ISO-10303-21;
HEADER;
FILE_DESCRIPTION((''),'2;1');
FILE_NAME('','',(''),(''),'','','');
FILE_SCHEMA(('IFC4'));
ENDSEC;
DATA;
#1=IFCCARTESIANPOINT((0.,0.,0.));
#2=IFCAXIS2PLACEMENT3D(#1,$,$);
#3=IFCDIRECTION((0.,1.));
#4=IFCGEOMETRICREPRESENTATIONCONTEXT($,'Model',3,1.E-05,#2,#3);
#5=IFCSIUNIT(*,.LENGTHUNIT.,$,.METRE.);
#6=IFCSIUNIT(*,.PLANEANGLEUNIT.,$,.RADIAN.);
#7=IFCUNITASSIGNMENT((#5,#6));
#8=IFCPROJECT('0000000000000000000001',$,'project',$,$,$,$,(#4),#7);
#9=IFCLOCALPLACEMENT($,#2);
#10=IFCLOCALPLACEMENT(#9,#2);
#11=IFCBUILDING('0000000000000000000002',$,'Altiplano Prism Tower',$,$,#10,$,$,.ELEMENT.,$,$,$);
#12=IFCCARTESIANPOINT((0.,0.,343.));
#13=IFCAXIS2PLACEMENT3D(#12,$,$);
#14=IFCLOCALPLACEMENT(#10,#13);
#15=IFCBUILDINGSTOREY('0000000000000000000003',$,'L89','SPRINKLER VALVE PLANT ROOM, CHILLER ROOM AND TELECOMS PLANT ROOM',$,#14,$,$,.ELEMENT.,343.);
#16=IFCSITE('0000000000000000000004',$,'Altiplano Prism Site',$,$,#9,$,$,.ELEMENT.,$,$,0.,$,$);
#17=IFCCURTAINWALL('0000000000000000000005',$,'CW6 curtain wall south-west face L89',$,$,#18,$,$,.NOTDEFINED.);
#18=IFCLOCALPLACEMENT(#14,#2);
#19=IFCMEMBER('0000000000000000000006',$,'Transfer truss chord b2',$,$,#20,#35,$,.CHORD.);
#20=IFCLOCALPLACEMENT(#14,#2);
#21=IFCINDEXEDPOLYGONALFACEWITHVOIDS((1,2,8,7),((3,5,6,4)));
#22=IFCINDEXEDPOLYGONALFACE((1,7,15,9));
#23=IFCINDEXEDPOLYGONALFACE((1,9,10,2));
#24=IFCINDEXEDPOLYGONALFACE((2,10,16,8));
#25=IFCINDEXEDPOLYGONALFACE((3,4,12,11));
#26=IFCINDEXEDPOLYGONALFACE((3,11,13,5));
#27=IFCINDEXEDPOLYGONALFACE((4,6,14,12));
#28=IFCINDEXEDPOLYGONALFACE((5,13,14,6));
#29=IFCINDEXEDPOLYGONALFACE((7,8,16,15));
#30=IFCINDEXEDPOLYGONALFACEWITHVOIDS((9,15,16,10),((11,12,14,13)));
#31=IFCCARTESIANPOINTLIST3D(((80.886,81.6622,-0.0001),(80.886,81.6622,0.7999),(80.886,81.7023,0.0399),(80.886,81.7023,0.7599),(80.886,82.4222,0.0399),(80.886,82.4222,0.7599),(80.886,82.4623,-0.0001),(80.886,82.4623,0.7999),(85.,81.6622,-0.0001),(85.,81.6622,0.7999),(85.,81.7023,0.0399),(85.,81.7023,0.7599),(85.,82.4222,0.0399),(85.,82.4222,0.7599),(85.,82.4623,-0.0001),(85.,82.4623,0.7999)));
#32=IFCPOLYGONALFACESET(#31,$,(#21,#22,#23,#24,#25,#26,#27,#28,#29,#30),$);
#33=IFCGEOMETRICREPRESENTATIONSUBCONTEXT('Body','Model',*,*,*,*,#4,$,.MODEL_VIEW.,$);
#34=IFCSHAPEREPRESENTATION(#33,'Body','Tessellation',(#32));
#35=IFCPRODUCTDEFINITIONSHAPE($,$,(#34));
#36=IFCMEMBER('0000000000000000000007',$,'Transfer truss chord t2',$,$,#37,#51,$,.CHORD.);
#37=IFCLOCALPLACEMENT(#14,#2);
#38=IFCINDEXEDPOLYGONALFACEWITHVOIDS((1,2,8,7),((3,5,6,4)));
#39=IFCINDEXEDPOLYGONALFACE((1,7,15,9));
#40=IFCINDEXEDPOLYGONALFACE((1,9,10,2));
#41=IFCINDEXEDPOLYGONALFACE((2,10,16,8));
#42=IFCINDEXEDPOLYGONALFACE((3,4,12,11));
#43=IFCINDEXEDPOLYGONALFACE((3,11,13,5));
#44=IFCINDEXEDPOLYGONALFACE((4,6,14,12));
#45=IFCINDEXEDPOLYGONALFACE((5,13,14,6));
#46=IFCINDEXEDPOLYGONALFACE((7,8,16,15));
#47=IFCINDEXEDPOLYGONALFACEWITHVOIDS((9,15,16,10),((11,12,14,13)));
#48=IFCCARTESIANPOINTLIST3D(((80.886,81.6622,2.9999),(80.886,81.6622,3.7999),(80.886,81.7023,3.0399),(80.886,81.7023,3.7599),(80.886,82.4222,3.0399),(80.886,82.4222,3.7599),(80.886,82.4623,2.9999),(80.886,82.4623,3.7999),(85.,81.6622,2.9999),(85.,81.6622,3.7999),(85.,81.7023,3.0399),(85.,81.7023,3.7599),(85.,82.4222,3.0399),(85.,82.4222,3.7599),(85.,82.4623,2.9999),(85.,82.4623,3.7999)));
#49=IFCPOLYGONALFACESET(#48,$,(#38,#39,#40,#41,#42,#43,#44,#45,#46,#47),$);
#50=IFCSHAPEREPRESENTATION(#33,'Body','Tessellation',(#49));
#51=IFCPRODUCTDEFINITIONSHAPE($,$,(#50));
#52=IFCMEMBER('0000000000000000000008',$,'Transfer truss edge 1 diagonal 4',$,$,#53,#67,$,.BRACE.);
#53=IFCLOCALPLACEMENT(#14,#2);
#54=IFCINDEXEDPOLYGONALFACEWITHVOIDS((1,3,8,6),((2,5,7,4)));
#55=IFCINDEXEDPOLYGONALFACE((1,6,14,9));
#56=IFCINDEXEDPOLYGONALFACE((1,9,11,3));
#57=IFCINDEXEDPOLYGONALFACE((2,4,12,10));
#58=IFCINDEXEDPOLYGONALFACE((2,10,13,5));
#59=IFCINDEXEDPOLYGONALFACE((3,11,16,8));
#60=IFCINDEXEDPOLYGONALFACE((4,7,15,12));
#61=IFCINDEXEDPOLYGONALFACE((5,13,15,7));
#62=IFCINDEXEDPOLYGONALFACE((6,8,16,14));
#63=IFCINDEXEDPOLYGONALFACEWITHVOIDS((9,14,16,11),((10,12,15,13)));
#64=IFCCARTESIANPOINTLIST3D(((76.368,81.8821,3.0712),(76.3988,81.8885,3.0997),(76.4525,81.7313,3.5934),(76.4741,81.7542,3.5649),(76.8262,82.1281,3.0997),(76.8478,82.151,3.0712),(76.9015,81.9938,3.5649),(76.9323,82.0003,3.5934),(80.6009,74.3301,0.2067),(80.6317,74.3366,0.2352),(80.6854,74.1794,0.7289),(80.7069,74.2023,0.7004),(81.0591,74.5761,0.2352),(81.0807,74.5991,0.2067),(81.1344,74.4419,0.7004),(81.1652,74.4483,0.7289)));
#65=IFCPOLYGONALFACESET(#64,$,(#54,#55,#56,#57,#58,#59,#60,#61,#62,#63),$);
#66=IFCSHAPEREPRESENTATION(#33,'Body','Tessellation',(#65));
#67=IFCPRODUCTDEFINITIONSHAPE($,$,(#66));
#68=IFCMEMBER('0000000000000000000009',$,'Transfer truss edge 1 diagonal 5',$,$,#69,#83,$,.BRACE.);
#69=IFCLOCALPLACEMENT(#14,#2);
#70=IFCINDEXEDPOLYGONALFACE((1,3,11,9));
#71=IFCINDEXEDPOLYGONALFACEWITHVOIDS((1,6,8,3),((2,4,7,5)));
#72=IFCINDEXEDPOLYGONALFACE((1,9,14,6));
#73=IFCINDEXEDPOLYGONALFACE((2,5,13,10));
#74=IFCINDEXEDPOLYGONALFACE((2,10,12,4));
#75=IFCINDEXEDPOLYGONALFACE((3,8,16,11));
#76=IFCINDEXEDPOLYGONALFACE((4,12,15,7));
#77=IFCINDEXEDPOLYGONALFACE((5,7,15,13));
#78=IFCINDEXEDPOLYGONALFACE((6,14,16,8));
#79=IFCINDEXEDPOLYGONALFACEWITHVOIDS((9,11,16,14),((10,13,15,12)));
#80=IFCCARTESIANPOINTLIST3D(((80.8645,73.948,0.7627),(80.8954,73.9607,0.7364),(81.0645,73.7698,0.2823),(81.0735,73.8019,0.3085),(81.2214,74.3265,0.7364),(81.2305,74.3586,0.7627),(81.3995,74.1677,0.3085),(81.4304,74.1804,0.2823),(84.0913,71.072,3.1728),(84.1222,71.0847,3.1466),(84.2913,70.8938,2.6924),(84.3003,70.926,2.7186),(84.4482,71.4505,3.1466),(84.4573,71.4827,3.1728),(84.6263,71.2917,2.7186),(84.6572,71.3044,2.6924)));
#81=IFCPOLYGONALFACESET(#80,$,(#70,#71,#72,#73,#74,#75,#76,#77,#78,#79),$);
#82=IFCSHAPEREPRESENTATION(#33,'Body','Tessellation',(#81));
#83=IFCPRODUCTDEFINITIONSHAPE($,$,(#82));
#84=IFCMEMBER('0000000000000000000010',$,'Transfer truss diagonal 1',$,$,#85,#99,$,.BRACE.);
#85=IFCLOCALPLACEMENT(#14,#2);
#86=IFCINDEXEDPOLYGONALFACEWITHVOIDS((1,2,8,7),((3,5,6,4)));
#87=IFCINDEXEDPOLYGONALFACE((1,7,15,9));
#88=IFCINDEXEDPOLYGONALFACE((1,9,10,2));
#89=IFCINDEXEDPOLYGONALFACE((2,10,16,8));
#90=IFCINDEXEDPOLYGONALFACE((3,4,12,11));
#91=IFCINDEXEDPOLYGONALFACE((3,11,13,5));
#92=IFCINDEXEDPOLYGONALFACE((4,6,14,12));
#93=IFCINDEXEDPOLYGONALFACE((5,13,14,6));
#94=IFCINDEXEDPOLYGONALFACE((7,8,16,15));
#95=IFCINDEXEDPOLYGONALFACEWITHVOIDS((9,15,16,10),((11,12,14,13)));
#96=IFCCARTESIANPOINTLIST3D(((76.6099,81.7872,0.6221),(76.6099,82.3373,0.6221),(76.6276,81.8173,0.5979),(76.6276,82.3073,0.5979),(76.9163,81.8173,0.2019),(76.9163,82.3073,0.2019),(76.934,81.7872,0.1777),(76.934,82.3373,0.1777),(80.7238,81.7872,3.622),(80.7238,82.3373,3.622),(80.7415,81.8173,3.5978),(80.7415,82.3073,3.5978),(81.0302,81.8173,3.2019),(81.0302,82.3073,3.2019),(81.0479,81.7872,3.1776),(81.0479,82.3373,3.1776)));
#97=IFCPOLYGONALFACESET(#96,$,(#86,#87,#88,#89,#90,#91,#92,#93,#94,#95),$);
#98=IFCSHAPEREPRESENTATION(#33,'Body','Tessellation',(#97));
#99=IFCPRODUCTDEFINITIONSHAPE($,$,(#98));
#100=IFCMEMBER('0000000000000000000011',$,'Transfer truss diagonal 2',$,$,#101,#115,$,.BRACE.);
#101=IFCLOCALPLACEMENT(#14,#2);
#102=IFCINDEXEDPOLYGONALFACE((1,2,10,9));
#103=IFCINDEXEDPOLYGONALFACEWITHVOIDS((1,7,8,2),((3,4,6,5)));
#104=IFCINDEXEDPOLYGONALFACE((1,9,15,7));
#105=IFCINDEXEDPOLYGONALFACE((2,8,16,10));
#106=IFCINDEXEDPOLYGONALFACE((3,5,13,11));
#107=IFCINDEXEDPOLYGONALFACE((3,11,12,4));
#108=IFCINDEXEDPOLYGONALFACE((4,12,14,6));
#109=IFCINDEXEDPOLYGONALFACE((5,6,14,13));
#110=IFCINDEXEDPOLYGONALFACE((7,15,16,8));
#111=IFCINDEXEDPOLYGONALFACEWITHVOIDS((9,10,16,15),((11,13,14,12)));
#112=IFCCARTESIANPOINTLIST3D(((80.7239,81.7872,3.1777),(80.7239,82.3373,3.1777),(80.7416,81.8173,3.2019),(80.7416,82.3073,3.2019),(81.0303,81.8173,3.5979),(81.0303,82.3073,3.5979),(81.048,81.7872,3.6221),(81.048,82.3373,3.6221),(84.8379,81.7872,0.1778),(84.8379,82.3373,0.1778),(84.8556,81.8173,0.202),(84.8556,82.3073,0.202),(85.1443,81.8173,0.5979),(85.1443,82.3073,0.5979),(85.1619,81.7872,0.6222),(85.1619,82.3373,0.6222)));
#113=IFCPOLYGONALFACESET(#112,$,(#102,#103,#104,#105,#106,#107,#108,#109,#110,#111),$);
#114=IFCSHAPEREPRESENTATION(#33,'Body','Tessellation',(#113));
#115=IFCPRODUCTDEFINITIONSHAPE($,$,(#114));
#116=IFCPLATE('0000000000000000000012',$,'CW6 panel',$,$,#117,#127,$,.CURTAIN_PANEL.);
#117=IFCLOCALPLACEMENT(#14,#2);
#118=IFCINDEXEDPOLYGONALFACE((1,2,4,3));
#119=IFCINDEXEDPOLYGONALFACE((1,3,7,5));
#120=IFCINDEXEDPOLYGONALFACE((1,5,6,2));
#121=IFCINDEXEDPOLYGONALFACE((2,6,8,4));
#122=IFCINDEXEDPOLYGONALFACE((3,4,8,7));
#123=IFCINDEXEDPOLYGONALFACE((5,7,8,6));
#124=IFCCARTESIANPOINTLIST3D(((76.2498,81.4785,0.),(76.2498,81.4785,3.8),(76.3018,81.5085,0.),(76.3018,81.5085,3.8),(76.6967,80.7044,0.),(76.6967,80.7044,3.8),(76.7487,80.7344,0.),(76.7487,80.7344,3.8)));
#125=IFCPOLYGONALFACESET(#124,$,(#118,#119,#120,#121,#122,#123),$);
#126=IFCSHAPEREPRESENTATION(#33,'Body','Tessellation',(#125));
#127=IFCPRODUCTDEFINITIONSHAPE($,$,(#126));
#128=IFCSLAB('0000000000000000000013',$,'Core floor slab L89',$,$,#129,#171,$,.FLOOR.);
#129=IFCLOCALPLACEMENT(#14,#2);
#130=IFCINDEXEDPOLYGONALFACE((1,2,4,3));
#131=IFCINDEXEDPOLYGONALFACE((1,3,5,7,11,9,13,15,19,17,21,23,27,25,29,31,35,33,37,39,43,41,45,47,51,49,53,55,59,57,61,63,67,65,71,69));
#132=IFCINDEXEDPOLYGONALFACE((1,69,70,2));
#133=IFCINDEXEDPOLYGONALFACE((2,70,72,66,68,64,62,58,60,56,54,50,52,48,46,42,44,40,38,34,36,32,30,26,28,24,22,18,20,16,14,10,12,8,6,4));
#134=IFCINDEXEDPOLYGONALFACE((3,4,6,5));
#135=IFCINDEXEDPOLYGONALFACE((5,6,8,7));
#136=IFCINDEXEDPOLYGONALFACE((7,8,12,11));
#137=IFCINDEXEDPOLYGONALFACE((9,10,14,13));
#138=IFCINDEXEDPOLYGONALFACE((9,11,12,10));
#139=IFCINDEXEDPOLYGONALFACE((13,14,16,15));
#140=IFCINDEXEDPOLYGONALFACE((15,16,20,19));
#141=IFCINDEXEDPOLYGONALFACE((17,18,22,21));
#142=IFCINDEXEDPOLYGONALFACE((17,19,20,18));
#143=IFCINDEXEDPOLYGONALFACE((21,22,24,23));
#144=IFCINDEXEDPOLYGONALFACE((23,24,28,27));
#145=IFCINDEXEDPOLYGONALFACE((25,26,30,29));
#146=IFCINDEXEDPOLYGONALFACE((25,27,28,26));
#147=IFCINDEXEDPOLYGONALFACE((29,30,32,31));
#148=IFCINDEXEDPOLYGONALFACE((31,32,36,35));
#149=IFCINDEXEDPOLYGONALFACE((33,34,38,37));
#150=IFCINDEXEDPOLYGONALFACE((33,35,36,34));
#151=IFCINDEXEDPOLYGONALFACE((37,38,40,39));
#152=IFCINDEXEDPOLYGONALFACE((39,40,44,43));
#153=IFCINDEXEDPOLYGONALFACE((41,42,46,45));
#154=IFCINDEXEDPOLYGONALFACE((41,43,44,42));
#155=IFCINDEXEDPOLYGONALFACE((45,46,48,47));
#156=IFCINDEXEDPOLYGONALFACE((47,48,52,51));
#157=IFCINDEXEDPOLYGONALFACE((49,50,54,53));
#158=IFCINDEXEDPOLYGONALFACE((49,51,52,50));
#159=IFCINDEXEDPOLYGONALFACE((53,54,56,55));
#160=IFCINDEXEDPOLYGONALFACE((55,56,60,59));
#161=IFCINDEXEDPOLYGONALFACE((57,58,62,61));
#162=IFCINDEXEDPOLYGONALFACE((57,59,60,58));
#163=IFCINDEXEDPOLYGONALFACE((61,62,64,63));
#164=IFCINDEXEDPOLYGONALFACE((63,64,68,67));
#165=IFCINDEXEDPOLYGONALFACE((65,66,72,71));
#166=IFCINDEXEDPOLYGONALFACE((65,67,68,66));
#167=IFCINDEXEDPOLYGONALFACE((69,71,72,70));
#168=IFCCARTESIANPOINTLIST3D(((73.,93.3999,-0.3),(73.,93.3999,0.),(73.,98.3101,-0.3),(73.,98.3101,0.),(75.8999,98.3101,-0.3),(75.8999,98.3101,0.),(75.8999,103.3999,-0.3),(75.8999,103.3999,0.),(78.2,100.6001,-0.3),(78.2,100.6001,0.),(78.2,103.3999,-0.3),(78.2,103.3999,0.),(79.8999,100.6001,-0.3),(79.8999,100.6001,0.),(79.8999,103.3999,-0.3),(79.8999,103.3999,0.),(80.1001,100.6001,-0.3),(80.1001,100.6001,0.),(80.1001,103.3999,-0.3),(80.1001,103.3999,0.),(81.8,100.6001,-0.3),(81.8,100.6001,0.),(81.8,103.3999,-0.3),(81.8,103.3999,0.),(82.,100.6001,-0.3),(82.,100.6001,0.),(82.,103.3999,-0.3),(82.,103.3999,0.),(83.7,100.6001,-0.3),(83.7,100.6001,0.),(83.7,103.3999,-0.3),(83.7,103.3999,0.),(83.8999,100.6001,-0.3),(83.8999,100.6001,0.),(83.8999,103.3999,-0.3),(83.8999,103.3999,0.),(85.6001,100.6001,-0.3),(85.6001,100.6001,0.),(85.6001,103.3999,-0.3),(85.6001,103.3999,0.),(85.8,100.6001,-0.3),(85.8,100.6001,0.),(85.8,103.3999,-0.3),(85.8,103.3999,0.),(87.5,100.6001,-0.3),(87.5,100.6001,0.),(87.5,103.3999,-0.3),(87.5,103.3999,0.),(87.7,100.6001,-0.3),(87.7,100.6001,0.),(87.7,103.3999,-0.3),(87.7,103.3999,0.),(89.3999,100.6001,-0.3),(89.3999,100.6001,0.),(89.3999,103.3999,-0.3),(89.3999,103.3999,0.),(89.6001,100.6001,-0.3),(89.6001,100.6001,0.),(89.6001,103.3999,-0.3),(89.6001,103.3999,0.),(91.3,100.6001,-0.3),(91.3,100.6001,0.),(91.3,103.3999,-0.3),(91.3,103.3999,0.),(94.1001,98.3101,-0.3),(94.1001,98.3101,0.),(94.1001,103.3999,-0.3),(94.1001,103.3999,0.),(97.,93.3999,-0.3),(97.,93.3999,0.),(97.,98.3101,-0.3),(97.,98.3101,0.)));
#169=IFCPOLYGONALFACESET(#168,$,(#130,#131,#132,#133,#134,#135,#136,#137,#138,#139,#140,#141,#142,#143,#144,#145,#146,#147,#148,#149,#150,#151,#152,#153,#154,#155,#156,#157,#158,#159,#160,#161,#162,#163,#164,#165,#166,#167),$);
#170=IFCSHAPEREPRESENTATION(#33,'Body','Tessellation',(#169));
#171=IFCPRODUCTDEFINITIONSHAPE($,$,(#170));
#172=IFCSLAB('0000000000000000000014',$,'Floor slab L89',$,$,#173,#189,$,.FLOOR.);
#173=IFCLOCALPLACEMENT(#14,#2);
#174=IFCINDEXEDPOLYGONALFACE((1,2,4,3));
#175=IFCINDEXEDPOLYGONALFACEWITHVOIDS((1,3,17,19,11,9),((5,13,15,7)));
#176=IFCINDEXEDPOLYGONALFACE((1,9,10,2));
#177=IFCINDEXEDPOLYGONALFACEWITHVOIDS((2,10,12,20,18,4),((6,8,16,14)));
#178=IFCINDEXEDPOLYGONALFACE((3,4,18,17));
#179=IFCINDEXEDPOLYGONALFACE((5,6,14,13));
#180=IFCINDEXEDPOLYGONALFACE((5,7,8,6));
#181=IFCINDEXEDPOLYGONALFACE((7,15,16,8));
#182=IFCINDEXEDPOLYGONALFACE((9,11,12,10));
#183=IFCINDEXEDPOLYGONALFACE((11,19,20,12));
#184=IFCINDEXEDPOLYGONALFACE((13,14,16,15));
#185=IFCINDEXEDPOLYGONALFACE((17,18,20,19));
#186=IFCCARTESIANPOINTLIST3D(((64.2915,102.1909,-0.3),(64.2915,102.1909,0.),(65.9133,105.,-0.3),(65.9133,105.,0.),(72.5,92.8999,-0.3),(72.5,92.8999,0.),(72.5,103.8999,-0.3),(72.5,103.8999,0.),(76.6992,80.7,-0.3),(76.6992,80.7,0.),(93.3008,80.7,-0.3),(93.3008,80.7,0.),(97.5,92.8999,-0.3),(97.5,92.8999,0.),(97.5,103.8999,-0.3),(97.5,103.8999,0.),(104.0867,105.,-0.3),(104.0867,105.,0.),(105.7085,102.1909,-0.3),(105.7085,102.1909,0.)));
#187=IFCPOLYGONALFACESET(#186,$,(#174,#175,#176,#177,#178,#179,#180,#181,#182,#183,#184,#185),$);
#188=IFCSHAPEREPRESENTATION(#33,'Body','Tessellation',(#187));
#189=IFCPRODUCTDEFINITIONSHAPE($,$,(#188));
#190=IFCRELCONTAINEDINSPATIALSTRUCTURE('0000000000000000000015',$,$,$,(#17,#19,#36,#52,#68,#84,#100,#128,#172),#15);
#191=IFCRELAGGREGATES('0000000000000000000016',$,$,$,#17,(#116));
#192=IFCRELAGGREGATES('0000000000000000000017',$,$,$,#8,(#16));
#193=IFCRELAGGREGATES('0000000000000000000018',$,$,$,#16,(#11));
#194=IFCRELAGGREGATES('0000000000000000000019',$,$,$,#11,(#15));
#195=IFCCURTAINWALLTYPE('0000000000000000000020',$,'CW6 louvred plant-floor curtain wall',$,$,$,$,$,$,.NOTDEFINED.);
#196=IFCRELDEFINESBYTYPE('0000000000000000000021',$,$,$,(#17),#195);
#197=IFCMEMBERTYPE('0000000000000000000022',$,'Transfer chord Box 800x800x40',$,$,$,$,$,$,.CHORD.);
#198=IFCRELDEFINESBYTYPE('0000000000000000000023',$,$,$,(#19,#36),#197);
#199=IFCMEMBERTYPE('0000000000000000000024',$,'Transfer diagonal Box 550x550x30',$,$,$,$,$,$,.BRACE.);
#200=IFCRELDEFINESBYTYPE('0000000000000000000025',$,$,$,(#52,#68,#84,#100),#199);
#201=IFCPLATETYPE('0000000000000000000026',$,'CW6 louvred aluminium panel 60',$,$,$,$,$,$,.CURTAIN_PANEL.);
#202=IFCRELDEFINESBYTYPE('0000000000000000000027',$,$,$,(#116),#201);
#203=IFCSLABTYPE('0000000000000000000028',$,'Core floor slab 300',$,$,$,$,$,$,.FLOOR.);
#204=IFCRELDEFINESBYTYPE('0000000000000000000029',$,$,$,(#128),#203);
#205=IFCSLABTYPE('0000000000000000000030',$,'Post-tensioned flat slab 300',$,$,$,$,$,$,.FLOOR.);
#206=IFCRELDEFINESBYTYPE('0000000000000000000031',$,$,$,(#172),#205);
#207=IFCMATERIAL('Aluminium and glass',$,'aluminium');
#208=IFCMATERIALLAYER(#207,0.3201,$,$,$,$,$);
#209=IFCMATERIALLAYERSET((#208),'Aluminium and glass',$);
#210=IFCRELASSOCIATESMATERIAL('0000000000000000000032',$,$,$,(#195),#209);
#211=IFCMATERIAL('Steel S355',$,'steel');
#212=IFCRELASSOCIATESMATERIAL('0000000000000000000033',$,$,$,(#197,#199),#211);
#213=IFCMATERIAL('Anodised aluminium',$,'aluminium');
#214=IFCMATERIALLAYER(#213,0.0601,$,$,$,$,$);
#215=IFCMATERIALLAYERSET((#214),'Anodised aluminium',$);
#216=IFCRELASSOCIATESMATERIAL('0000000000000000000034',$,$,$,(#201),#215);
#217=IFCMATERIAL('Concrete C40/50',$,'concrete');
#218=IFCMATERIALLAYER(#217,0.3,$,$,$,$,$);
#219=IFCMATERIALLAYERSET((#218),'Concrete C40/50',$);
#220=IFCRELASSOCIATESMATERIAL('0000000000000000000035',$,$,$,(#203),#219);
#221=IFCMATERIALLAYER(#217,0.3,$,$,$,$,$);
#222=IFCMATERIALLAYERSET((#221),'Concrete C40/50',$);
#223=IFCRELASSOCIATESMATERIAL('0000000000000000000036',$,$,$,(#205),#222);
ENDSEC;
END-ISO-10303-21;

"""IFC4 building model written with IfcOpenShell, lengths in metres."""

from ifc_helpers import new_model, si_unit, direction, frame, origin, origin_2d, place, context, subcontext, project, spatial, polyline, rectangle, hollow_rectangle, outline, extrude, material, layer, layer_set, material_profile, profile_set, type_object, element, aggregate, save


model = new_model("IFC4")

# Units and contexts
model_context = context("Model", 3, precision=1e-05, world=origin(), true_north=direction((0.0, 1.0)))
body_context = subcontext(model_context, "Body", "Model", "MODEL_VIEW")
ifc_project = project(units=[si_unit("LENGTHUNIT", "METRE"), si_unit("PLANEANGLEUNIT", "RADIAN")], contexts=[model_context])

# Site, building, storey
site_placement = place(None, origin())
site = spatial("IfcSite", under=ifc_project, at=site_placement, Name="Altiplano Prism Site", CompositionType="ELEMENT", RefElevation=0.0)
building_placement = place(site_placement, origin())
building = spatial("IfcBuilding", under=site, at=building_placement, Name="Altiplano Prism Tower", CompositionType="ELEMENT")
storey_placement = place(building_placement, frame((0.0, 0.0, 343.0)))
storey = spatial("IfcBuildingStorey", under=building, at=storey_placement, Name="L89", Description="SPRINKLER VALVE PLANT ROOM, CHILLER ROOM AND TELECOMS PLANT ROOM", CompositionType="ELEMENT", Elevation=343.0)

# Shared definitions
ifc_material_1 = material(Name="Steel S355", Category="steel")

# Curtain wall
ifc_material_2 = material(Name="Aluminium and glass", Category="aluminium")
ifc_layer_1 = layer(ifc_material_2, 0.3201)
ifc_layer_set_1 = layer_set([ifc_layer_1], Name="Aluminium and glass")
curtain_wall_type = type_object("IfcCurtainWallType", Name="CW6 louvred plant-floor curtain wall", PredefinedType="NOTDEFINED", material=ifc_layer_set_1)
curtain_wall_placement = place(storey_placement, origin())
curtain_wall = element("IfcCurtainWall", 1, at=curtain_wall_placement, inside=storey, type_object=curtain_wall_type, Name="CW6 curtain wall south-west face L89", PredefinedType="NOTDEFINED")

# Members
ifc_material_profile_1 = material_profile(ifc_material_1, hollow_rectangle(XDim=0.8, YDim=0.8, WallThickness=0.04, at=origin_2d()), Name="Transfer chord Box 800x800x40")
ifc_profile_set_1 = profile_set([ifc_material_profile_1], Name="Steel S355")
member_type_1 = type_object("IfcMemberType", Name="Transfer chord Box 800x800x40", PredefinedType="CHORD", material=ifc_profile_set_1)
for number, where, z_axis, x_axis, name in (
    (2, (80.886, 82.0623, 0.3999), (1.0, 0.0, 0.0), (0.0, 1.0, 0.0), "Transfer truss chord b2"),
    (3, (80.886, 82.0623, 3.3999), (1.0, 0.0, 0.0), (0.0, 1.0, 0.0), "Transfer truss chord t2"),
):
    element("IfcMember", number, at=place(storey_placement, frame(where, z_axis=z_axis, x_axis=x_axis)), inside=storey, type_object=member_type_1, Name=name, PredefinedType="CHORD", context=body_context, shape_type="SweptSolid", body=[
        extrude(hollow_rectangle(XDim=0.8, YDim=0.8, WallThickness=0.04, at=origin_2d()), origin(), (0.0, 0.0, 1.0), 4.114),
    ])
ifc_material_profile_2 = material_profile(ifc_material_1, hollow_rectangle(XDim=0.55, YDim=0.55, WallThickness=0.03, at=origin_2d()), Name="Transfer diagonal Box 550x550x30")
ifc_profile_set_2 = profile_set([ifc_material_profile_2], Name="Steel S355")
member_type_2 = type_object("IfcMemberType", Name="Transfer diagonal Box 550x550x30", PredefinedType="BRACE", material=ifc_profile_set_2)
member_1_placement = place(storey_placement, frame((76.6501, 81.9412, 3.3323), z_axis=(0.464187, -0.828164, -0.314126), x_axis=(0.872319, 0.488937, 0.0)))
element("IfcMember", 4, at=member_1_placement, inside=storey, type_object=member_type_2, Name="Transfer truss edge 1 diagonal 4", PredefinedType="BRACE", context=body_context, shape_type="SweptSolid", body=[
    extrude(hollow_rectangle(XDim=0.55, YDim=0.55, WallThickness=0.03, at=origin_2d()), origin(), (0.0, 0.0, 1.0), 9.1189),
])
member_2_placement = place(storey_placement, frame((81.1475, 74.0642, 0.5225), z_axis=(0.652015, -0.581125, 0.487001), x_axis=(0.665359, 0.746524, 0.0)))
element("IfcMember", 5, at=member_2_placement, inside=storey, type_object=member_type_2, Name="Transfer truss edge 1 diagonal 5", PredefinedType="BRACE", context=body_context, shape_type="SweptSolid", body=[
    extrude(hollow_rectangle(XDim=0.55, YDim=0.55, WallThickness=0.03, at=origin_2d()), origin(), (0.0, 0.0, 1.0), 4.949),
])
for number, where, z_axis, x_axis, name in (
    (6, (76.772, 82.0623, 0.3999), (0.807989, 0.0, 0.589198), (0.0, 1.0, 0.0), "Transfer truss diagonal 1"),
    (7, (80.886, 82.0623, 3.3999), (0.807989, 0.0, -0.589198), (0.0, 1.0, 0.0), "Transfer truss diagonal 2"),
):
    element("IfcMember", number, at=place(storey_placement, frame(where, z_axis=z_axis, x_axis=x_axis)), inside=storey, type_object=member_type_2, Name=name, PredefinedType="BRACE", context=body_context, shape_type="SweptSolid", body=[
        extrude(hollow_rectangle(XDim=0.55, YDim=0.55, WallThickness=0.03, at=origin_2d()), origin(), (0.0, 0.0, 1.0), 5.0916),
    ])

# Plate
ifc_material_3 = material(Name="Anodised aluminium", Category="aluminium")
ifc_layer_2 = layer(ifc_material_3, 0.0601)
ifc_layer_set_2 = layer_set([ifc_layer_2], Name="Anodised aluminium")
plate_type = type_object("IfcPlateType", Name="CW6 louvred aluminium panel 60", PredefinedType="CURTAIN_PANEL", material=ifc_layer_set_2)
plate_placement = place(storey_placement, frame((76.4993, 81.1064, 0.0), z_axis=(0.0, 0.0, 1.0), x_axis=(0.5, -0.866025, 0.0)))
plate = element("IfcPlate", 8, at=plate_placement, type_object=plate_type, Name="CW6 panel", PredefinedType="CURTAIN_PANEL", context=body_context, shape_type="SweptSolid", body=[
    extrude(rectangle(XDim=0.8938, YDim=0.0601, at=origin_2d()), origin(), (0.0, 0.0, 1.0), 3.8),
])
aggregate(curtain_wall, [plate])

# Slabs
ifc_material_4 = material(Name="Concrete C40/50", Category="concrete")
ifc_layer_3 = layer(ifc_material_4, 0.3)
ifc_layer_set_3 = layer_set([ifc_layer_3], Name="Concrete C40/50")
slab_type_1 = type_object("IfcSlabType", Name="Core floor slab 300", PredefinedType="FLOOR", material=ifc_layer_set_3)
slab_1_placement = place(storey_placement, frame((0.0, 0.0, -0.3)))
element("IfcSlab", 9, at=slab_1_placement, inside=storey, type_object=slab_type_1, Name="Core floor slab L89", PredefinedType="FLOOR", context=body_context, shape_type="SweptSolid", body=[
    extrude(outline(polyline([(97.0, 98.3101), (94.1001, 98.3101), (94.1001, 103.3999), (91.3, 103.3999), (91.3, 100.6001), (89.6001, 100.6001), (89.6001, 103.3999), (89.3999, 103.3999), (89.3999, 100.6001), (87.7, 100.6001), (87.7, 103.3999), (87.5, 103.3999), (87.5, 100.6001), (85.8, 100.6001), (85.8, 103.3999), (85.6001, 103.3999), (85.6001, 100.6001), (83.8999, 100.6001), (83.8999, 103.3999), (83.7, 103.3999), (83.7, 100.6001), (82.0, 100.6001), (82.0, 103.3999), (81.8, 103.3999), (81.8, 100.6001), (80.1001, 100.6001), (80.1001, 103.3999), (79.8999, 103.3999), (79.8999, 100.6001), (78.2, 100.6001), (78.2, 103.3999), (75.8999, 103.3999), (75.8999, 98.3101), (73.0, 98.3101), (73.0, 93.3999), (97.0, 93.3999), (97.0, 98.3101)])), origin(), (0.0, 0.0, 1.0), 0.3),
])
ifc_layer_4 = layer(ifc_material_4, 0.3)
ifc_layer_set_4 = layer_set([ifc_layer_4], Name="Concrete C40/50")
slab_type_2 = type_object("IfcSlabType", Name="Post-tensioned flat slab 300", PredefinedType="FLOOR", material=ifc_layer_set_4)
slab_2_placement = place(storey_placement, frame((0.0, 0.0, -0.3)))
element("IfcSlab", 10, at=slab_2_placement, inside=storey, type_object=slab_type_2, Name="Floor slab L89", PredefinedType="FLOOR", context=body_context, shape_type="SweptSolid", body=[
    extrude(outline(polyline([(105.7085, 102.1909), (93.3008, 80.7), (76.6992, 80.7), (64.2915, 102.1909), (65.9133, 105.0), (104.0867, 105.0), (105.7085, 102.1909)]), holes=[polyline([(97.5, 92.8999), (97.5, 103.8999), (72.5, 103.8999), (72.5, 92.8999), (97.5, 92.8999)])]), origin(), (0.0, 0.0, 1.0), 0.3),
])

save(model, "model.ifc")
